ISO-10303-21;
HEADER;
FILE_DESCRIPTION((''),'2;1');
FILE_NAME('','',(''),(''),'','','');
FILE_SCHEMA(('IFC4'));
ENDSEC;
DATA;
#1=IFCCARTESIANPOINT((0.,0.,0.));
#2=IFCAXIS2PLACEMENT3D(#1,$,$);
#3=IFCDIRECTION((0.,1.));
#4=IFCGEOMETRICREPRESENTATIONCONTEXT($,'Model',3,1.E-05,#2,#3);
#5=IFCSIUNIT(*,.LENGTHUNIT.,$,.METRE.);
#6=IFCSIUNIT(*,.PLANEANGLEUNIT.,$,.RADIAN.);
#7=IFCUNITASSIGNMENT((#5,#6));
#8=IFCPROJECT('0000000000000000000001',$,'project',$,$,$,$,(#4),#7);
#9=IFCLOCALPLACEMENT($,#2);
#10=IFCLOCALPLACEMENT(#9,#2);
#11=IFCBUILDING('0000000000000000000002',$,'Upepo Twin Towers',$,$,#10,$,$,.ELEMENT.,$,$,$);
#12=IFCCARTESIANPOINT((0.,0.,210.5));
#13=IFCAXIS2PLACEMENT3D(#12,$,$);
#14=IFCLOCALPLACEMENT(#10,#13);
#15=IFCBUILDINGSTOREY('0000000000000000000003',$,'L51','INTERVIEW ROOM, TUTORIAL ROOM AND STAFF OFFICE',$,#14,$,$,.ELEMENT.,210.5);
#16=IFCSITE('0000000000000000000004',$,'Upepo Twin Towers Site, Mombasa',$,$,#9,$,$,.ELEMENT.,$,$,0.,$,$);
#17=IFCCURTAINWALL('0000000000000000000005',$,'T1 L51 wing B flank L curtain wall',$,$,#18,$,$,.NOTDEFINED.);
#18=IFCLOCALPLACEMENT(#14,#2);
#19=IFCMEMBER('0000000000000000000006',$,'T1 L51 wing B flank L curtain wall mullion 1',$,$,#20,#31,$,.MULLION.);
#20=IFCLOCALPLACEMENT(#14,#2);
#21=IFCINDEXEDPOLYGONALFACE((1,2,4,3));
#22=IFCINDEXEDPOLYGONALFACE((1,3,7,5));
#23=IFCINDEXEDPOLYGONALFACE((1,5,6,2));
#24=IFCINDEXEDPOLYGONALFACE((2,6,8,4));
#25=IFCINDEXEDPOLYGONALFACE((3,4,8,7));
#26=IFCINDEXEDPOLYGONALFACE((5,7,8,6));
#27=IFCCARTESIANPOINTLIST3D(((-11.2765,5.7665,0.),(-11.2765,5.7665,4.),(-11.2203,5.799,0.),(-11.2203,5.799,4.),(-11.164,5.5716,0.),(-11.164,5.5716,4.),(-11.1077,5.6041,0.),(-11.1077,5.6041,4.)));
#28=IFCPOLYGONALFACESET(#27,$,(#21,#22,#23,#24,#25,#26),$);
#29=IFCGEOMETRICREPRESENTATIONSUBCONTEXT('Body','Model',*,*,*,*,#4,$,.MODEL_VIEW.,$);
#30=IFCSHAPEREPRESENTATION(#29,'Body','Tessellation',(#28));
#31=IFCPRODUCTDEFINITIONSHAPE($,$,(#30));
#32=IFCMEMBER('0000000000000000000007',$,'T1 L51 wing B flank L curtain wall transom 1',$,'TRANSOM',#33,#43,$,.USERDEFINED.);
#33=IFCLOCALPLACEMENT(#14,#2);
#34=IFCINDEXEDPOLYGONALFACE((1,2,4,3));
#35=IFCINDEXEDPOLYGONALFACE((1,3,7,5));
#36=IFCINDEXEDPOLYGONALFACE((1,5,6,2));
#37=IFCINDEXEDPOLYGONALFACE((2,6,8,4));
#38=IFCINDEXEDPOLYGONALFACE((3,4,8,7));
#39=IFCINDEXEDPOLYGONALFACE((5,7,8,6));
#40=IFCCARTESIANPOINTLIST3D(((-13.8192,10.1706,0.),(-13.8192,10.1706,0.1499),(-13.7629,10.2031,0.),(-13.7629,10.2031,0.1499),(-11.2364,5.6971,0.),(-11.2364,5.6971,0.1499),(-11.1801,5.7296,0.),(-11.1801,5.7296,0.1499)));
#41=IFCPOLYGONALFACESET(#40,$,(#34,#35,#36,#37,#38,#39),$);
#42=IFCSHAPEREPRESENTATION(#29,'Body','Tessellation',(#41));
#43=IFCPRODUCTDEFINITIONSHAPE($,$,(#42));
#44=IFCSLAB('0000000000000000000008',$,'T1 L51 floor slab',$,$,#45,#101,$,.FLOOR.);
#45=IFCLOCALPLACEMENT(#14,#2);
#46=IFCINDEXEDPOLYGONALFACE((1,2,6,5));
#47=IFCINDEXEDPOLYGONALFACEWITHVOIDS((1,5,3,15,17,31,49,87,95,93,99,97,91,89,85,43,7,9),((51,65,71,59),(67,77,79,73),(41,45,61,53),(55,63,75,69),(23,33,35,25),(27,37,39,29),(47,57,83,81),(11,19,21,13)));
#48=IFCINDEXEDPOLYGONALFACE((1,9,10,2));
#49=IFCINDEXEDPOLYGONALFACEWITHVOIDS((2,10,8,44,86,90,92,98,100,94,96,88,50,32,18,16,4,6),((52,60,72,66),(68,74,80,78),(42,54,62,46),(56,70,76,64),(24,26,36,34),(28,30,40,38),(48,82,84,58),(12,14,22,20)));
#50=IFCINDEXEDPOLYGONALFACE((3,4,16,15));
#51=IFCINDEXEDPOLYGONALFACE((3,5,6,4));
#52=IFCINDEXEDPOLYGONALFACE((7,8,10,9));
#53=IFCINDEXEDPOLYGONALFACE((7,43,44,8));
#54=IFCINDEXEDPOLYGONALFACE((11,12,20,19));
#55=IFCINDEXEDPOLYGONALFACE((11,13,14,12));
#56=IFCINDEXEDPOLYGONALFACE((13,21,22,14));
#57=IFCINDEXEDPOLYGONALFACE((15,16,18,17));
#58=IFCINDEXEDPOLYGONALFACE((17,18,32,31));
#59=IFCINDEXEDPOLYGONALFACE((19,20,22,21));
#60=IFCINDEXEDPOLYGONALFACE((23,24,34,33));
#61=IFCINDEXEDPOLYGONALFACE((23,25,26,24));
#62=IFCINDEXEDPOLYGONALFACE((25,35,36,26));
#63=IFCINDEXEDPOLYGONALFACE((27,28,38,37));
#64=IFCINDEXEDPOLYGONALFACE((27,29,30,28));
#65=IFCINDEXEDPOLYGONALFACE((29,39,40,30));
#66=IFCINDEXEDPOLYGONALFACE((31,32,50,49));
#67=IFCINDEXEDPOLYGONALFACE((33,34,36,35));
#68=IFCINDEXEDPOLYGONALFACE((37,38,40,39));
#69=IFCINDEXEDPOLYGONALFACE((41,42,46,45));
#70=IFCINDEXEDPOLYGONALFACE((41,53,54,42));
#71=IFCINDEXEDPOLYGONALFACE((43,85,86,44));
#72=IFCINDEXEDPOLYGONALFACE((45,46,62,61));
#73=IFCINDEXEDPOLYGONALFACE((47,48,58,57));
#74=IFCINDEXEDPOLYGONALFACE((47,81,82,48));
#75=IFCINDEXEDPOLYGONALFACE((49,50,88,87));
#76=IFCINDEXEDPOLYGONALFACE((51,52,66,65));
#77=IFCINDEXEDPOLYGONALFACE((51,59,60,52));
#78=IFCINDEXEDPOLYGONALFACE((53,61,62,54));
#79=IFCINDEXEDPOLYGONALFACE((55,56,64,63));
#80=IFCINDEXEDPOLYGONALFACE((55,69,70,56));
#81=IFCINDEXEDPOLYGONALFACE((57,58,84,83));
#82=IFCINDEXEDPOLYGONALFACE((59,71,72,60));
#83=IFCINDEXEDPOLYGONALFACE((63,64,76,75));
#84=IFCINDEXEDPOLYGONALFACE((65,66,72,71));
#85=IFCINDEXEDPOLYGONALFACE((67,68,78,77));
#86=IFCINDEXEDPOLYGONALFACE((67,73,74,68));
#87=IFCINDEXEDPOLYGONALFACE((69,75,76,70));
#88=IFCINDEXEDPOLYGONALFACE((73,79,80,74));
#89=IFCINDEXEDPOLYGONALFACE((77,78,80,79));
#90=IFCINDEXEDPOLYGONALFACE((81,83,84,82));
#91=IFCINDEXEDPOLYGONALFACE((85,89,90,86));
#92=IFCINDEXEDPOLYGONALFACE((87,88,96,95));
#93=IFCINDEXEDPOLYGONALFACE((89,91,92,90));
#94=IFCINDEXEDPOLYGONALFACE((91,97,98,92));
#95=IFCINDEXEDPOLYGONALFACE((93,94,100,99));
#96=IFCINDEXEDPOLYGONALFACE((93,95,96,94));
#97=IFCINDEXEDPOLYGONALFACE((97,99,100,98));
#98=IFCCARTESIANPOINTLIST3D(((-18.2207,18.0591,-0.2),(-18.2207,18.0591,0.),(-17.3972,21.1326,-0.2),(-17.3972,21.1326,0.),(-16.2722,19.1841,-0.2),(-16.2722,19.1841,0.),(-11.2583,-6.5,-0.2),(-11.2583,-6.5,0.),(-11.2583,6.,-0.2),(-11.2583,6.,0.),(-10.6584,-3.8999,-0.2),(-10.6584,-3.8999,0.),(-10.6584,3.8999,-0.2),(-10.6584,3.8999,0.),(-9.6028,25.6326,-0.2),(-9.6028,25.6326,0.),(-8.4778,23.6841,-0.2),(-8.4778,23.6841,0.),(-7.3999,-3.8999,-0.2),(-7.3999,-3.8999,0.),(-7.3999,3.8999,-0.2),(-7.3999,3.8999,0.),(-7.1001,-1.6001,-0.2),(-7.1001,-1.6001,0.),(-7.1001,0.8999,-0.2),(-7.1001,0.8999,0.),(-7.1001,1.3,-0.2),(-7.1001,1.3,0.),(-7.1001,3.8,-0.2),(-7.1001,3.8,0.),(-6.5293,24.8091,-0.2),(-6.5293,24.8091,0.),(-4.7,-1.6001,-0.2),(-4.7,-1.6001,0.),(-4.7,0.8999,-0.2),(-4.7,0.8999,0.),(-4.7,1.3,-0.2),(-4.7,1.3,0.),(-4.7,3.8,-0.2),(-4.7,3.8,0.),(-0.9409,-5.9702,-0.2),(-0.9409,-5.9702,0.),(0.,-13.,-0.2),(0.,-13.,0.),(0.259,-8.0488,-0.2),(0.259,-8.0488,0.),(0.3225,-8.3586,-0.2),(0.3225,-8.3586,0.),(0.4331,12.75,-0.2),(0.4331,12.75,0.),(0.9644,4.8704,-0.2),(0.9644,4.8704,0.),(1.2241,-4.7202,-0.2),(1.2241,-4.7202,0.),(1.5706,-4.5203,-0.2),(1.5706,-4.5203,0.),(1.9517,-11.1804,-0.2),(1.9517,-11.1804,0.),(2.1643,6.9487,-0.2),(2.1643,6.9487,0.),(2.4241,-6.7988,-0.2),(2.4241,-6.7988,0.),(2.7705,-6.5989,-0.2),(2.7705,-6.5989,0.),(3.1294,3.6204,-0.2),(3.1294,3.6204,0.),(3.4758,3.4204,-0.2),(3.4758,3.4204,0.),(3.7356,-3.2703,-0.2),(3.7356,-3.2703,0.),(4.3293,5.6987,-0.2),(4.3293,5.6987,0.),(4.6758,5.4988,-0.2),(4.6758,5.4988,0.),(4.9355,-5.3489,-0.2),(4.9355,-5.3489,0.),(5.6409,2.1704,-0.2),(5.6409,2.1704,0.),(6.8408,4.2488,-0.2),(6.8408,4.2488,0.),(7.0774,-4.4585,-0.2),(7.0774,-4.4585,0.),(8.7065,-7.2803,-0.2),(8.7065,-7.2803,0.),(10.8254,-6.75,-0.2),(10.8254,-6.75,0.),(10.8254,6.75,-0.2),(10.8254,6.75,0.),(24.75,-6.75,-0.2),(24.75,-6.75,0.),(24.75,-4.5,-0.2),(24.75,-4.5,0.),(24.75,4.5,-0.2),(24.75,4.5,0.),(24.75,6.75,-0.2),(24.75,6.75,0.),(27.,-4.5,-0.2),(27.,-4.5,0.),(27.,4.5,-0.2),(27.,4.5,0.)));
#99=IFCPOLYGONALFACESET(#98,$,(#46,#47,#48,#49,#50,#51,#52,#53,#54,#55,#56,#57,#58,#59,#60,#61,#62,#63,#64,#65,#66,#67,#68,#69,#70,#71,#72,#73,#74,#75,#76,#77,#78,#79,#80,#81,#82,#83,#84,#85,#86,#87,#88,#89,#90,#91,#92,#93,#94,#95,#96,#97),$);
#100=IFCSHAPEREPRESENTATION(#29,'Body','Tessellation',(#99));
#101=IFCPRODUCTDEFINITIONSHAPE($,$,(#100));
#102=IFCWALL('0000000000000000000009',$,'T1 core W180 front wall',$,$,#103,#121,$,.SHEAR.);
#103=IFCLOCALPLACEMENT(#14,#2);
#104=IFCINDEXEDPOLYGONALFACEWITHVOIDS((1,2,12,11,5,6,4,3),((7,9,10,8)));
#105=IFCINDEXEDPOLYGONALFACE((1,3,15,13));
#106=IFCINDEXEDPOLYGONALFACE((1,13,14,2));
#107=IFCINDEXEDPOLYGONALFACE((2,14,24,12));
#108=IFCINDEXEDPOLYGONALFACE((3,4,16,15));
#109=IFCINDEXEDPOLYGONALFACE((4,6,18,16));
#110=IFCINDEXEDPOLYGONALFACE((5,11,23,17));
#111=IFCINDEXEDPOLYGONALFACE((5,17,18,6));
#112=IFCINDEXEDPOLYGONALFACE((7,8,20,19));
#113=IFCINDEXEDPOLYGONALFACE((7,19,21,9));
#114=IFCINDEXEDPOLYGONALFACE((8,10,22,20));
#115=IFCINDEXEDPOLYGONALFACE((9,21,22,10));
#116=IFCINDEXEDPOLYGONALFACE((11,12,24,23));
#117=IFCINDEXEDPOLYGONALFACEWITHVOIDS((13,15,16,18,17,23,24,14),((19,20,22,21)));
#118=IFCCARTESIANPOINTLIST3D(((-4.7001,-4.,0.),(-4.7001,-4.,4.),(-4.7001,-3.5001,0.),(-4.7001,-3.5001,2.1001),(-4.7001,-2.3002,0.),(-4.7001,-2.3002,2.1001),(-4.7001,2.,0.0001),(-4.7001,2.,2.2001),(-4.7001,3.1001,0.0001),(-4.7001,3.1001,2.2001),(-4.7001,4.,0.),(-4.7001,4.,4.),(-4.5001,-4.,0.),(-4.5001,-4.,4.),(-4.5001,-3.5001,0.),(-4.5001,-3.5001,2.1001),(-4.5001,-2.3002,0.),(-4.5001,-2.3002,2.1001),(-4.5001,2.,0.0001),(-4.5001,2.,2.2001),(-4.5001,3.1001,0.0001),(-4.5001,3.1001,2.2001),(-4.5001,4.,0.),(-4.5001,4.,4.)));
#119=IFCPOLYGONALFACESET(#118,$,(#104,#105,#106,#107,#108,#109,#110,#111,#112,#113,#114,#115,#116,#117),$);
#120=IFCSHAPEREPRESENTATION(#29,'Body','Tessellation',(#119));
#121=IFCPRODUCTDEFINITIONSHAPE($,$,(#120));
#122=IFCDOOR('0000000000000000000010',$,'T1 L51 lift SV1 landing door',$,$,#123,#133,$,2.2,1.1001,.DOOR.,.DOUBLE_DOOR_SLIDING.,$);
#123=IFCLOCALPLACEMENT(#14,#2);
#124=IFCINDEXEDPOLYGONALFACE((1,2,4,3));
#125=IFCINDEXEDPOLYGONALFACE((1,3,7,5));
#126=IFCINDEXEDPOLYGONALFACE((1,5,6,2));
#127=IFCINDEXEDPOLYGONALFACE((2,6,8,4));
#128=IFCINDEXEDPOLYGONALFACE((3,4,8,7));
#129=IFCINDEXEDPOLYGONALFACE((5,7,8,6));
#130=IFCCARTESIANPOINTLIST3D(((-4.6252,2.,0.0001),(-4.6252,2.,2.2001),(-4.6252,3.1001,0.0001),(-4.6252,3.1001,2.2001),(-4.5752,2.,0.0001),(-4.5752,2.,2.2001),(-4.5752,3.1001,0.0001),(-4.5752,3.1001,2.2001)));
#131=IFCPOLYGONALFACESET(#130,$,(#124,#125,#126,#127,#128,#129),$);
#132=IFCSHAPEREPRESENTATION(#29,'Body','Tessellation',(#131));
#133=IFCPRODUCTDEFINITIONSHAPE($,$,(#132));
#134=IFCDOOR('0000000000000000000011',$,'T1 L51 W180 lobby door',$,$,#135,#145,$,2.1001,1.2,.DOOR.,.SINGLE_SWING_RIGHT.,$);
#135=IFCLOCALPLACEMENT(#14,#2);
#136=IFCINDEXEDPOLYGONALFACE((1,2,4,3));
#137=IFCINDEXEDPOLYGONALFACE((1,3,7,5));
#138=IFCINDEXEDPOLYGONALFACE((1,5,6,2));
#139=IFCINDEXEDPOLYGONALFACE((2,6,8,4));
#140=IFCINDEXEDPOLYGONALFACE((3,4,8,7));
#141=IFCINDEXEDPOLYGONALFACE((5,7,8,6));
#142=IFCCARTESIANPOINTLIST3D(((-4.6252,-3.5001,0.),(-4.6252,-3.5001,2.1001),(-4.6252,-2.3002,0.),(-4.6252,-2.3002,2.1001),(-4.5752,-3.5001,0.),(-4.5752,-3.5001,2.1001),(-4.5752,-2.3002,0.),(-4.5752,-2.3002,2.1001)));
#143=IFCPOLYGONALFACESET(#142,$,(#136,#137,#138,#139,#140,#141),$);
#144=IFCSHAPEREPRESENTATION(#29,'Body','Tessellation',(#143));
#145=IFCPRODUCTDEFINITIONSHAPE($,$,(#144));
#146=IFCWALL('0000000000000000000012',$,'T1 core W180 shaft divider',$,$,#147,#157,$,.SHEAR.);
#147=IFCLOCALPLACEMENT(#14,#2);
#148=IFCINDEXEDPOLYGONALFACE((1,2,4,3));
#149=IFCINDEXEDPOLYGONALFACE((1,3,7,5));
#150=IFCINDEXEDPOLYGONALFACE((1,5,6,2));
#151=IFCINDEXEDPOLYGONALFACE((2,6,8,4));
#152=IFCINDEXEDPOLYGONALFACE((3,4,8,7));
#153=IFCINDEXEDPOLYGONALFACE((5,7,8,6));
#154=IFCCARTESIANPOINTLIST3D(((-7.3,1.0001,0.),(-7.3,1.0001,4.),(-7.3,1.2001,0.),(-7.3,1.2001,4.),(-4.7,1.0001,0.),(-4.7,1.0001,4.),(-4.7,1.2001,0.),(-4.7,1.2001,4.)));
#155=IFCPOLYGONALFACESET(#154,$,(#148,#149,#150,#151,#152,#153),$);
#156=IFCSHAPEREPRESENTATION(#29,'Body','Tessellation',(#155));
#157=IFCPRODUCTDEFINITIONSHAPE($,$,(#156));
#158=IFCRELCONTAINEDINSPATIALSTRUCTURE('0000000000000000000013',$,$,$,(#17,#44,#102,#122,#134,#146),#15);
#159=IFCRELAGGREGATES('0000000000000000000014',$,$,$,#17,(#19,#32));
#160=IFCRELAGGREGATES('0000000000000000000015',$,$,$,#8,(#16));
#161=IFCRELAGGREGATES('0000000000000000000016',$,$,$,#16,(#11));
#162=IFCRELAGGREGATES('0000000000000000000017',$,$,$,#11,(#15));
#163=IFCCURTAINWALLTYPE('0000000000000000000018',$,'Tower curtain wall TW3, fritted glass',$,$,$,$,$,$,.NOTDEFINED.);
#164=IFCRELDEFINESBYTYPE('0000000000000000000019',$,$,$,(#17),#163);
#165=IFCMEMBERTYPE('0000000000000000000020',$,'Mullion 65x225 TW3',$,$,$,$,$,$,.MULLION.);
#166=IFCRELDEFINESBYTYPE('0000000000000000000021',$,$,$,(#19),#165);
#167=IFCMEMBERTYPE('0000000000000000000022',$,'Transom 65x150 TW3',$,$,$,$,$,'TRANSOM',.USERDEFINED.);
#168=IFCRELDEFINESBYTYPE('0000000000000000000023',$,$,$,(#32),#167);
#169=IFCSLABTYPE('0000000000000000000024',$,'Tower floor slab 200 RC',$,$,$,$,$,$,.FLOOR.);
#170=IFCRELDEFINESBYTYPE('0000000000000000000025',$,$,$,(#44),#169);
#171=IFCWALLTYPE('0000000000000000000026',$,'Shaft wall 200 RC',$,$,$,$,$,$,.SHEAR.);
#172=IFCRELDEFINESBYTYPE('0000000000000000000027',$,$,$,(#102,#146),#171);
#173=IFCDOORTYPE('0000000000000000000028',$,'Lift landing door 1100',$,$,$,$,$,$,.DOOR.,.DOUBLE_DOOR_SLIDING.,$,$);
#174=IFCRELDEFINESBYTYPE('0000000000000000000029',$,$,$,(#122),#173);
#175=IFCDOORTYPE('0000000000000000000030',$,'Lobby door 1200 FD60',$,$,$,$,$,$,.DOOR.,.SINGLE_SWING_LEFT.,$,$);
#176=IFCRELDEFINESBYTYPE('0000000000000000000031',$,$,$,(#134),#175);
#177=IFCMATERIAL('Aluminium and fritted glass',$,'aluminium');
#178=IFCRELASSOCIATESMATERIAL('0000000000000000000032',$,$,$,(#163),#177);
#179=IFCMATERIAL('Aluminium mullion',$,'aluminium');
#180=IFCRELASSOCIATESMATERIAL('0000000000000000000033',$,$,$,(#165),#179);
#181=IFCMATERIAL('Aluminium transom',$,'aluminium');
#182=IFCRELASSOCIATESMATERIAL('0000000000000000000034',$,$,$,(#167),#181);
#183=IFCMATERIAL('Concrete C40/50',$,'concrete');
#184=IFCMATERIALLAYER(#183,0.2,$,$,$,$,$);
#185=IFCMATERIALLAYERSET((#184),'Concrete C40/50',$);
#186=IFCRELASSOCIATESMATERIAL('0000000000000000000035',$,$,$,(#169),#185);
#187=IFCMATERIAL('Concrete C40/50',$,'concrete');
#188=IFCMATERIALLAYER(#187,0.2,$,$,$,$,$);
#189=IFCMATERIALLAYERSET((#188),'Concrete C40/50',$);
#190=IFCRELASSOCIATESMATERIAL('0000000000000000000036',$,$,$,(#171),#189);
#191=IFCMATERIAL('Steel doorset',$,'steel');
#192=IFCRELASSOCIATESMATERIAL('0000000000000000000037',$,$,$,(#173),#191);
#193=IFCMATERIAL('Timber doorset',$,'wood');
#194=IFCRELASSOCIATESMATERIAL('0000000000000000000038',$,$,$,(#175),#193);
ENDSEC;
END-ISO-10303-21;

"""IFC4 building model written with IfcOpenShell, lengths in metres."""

from ifc_helpers import new_model, si_unit, direction, frame, frame_2d, origin, origin_2d, place, context, subcontext, project, spatial, polyline, rectangle, outline, extrude, material, layer, layer_set, material_profile, profile_set, type_object, element, fill, aggregate, save


model = new_model("IFC4")

# Units and contexts
model_context = context("Model", 3, precision=1e-05, world=origin(), true_north=direction((0.0, 1.0)))
body_context = subcontext(model_context, "Body", "Model", "MODEL_VIEW")
ifc_project = project(units=[si_unit("LENGTHUNIT", "METRE"), si_unit("PLANEANGLEUNIT", "RADIAN")], contexts=[model_context])

# Site, building, storey
site_placement = place(None, origin())
site = spatial("IfcSite", under=ifc_project, at=site_placement, Name="Upepo Twin Towers Site, Mombasa", CompositionType="ELEMENT", RefElevation=0.0)
building_placement = place(site_placement, origin())
building = spatial("IfcBuilding", under=site, at=building_placement, Name="Upepo Twin Towers", CompositionType="ELEMENT")
storey_placement = place(building_placement, frame((0.0, 0.0, 210.5)))
storey = spatial("IfcBuildingStorey", under=building, at=storey_placement, Name="L51", Description="INTERVIEW ROOM, TUTORIAL ROOM AND STAFF OFFICE", CompositionType="ELEMENT", Elevation=210.5)

# Curtain wall, members
ifc_material_1 = material(Name="Aluminium and fritted glass", Category="aluminium")
curtain_wall_type = type_object("IfcCurtainWallType", Name="Tower curtain wall TW3, fritted glass", PredefinedType="NOTDEFINED", material=ifc_material_1)
curtain_wall_placement = place(storey_placement, origin())
curtain_wall = element("IfcCurtainWall", 1, at=curtain_wall_placement, inside=storey, type_object=curtain_wall_type, Name="T1 L51 wing B flank L curtain wall", PredefinedType="NOTDEFINED")
ifc_material_2 = material(Name="Aluminium mullion", Category="aluminium")
ifc_material_profile_1 = material_profile(ifc_material_2, rectangle(XDim=0.0649, YDim=0.2251, at=origin_2d()), Name="MULLION 65x225")
ifc_profile_set_1 = profile_set([ifc_material_profile_1], Name="Aluminium mullion")
member_type_1 = type_object("IfcMemberType", Name="Mullion 65x225 TW3", PredefinedType="MULLION", material=ifc_profile_set_1)
member_1_placement = place(storey_placement, frame((-11.1921, 5.6853, 0.0), z_axis=(0.0, 0.0, 1.0), x_axis=(-0.866025, -0.5, 0.0)))
member_1 = element("IfcMember", 2, at=member_1_placement, type_object=member_type_1, Name="T1 L51 wing B flank L curtain wall mullion 1", PredefinedType="MULLION", context=body_context, shape_type="SweptSolid", body=[
    extrude(rectangle(XDim=0.0649, YDim=0.2251, at=origin_2d()), origin(), (0.0, 0.0, 1.0), 4.0),
])
ifc_material_3 = material(Name="Aluminium transom", Category="aluminium")
ifc_material_profile_2 = material_profile(ifc_material_3, rectangle(XDim=0.0649, YDim=0.1499, at=origin_2d()), Name="TRANSOM 65x150")
ifc_profile_set_2 = profile_set([ifc_material_profile_2], Name="Aluminium transom")
member_type_2 = type_object("IfcMemberType", Name="Transom 65x150 TW3", ElementType="TRANSOM", PredefinedType="USERDEFINED", material=ifc_profile_set_2)
member_2_placement = place(storey_placement, frame((-11.2083, 5.7134, 0.075), z_axis=(-0.500007, 0.866021, 0.0), x_axis=(-0.866021, -0.500007, 0.0)))
member_2 = element("IfcMember", 3, at=member_2_placement, type_object=member_type_2, Name="T1 L51 wing B flank L curtain wall transom 1", ObjectType="TRANSOM", PredefinedType="USERDEFINED", context=body_context, shape_type="SweptSolid", body=[
    extrude(rectangle(XDim=0.0649, YDim=0.1499, at=origin_2d()), origin(), (0.0, 0.0, 1.0), 5.1655),
])
aggregate(curtain_wall, [member_1, member_2])

# Slab
ifc_material_4 = material(Name="Concrete C40/50", Category="concrete")
ifc_layer_1 = layer(ifc_material_4, 0.2)
ifc_layer_set_1 = layer_set([ifc_layer_1], Name="Concrete C40/50")
slab_type = type_object("IfcSlabType", Name="Tower floor slab 200 RC", PredefinedType="FLOOR", material=ifc_layer_set_1)
slab_placement = place(storey_placement, frame((0.0, 0.0, -0.2)))
element("IfcSlab", 4, at=slab_placement, inside=storey, type_object=slab_type, Name="T1 L51 floor slab", PredefinedType="FLOOR", context=body_context, shape_type="SweptSolid", body=[
    extrude(outline(polyline([(10.8254, 6.75), (24.75, 6.75), (24.75, 4.5), (27.0, 4.5), (27.0, -4.5), (24.75, -4.5), (24.75, -6.75), (10.8254, -6.75), (0.0, -13.0), (-11.2583, -6.5), (-11.2583, 6.0), (-18.2207, 18.0591), (-16.2722, 19.1841), (-17.3972, 21.1326), (-9.6028, 25.6326), (-8.4778, 23.6841), (-6.5293, 24.8091), (0.4331, 12.75), (10.8254, 6.75)]), holes=[polyline([(5.6409, 2.1704), (6.8408, 4.2488), (4.6758, 5.4988), (3.4758, 3.4204), (5.6409, 2.1704)]), polyline([(3.1294, 3.6204), (4.3293, 5.6987), (2.1643, 6.9487), (0.9644, 4.8704), (3.1294, 3.6204)]), polyline([(-4.7, 3.8), (-7.1001, 3.8), (-7.1001, 1.3), (-4.7, 1.3), (-4.7, 3.8)]), polyline([(-4.7, 0.8999), (-7.1001, 0.8999), (-7.1001, -1.6001), (-4.7, -1.6001), (-4.7, 0.8999)]), polyline([(-7.3999, 3.8999), (-10.6584, 3.8999), (-10.6584, -3.8999), (-7.3999, -3.8999), (-7.3999, 3.8999)]), polyline([(-0.9409, -5.9702), (0.259, -8.0488), (2.4241, -6.7988), (1.2241, -4.7202), (-0.9409, -5.9702)]), polyline([(1.5706, -4.5203), (2.7705, -6.5989), (4.9355, -5.3489), (3.7356, -3.2703), (1.5706, -4.5203)]), polyline([(0.3225, -8.3586), (1.9517, -11.1804), (8.7065, -7.2803), (7.0774, -4.4585), (0.3225, -8.3586)])]), origin(), (0.0, 0.0, 1.0), 0.2),
])

# Wall, openings, doors
ifc_material_5 = material(Name="Concrete C40/50", Category="concrete")
ifc_layer_2 = layer(ifc_material_5, 0.2)
ifc_layer_set_2 = layer_set([ifc_layer_2], Name="Concrete C40/50")
wall_type_1 = type_object("IfcWallType", Name="Shaft wall 200 RC", PredefinedType="SHEAR", material=ifc_layer_set_2)
wall_1_placement = place(storey_placement, frame((-4.6001, 4.0, 0.0), z_axis=(0.0, 0.0, 1.0), x_axis=(0.0, -1.0, 0.0)))
wall_1 = element("IfcWall", 5, at=wall_1_placement, inside=storey, type_object=wall_type_1, Name="T1 core W180 front wall", PredefinedType="SHEAR", context=body_context, shape_type="SweptSolid", body=[
    extrude(rectangle(XDim=8.0, YDim=0.2, at=frame_2d((4.0, 0.0))), origin(), (0.0, 0.0, 1.0), 4.0),
])
opening_1_placement = place(wall_1_placement, frame((6.3, 0.0, 0.0)))
opening_1 = element("IfcOpeningElement", 6, at=opening_1_placement, cuts=wall_1, PredefinedType="OPENING", context=body_context, shape_type="SweptSolid", body=[
    extrude(rectangle(XDim=1.2, YDim=2.1001, at=frame_2d((0.6001, 1.05))), frame((0.0, 0.1099, 0.0), z_axis=(0.0, -1.0, 0.0), x_axis=(1.0, 0.0, 0.0)), (0.0, 0.0, 1.0), 0.22),
])
opening_2_placement = place(wall_1_placement, frame((0.8999, 0.0, 0.0)))
opening_2 = element("IfcOpeningElement", 7, at=opening_2_placement, cuts=wall_1, PredefinedType="OPENING", context=body_context, shape_type="SweptSolid", body=[
    extrude(rectangle(XDim=1.1001, YDim=2.2, at=frame_2d((0.55, 1.1001))), frame((0.0, 0.1099, 0.0), z_axis=(0.0, -1.0, 0.0), x_axis=(1.0, 0.0, 0.0)), (0.0, 0.0, 1.0), 0.22),
])
ifc_material_6 = material(Name="Steel doorset", Category="steel")
door_type_1 = type_object("IfcDoorType", Name="Lift landing door 1100", OperationType="DOUBLE_DOOR_SLIDING", PredefinedType="DOOR", material=ifc_material_6)
door_1_placement = place(opening_2_placement, origin())
door_1 = element("IfcDoor", 8, at=door_1_placement, inside=storey, type_object=door_type_1, Name="T1 L51 lift SV1 landing door", OperationType="DOUBLE_DOOR_SLIDING", OverallHeight=2.2, OverallWidth=1.1001, PredefinedType="DOOR", context=body_context, shape_type="SweptSolid", body=[
    extrude(rectangle(XDim=1.1001, YDim=2.2, at=frame_2d((0.55, 1.1001))), frame((0.0, 0.0249, 0.0), z_axis=(0.0, -1.0, 0.0), x_axis=(1.0, 0.0, 0.0)), (0.0, 0.0, 1.0), 0.05),
])
fill(opening_2, door_1)
ifc_material_7 = material(Name="Timber doorset", Category="wood")
door_type_2 = type_object("IfcDoorType", Name="Lobby door 1200 FD60", OperationType="SINGLE_SWING_LEFT", PredefinedType="DOOR", material=ifc_material_7)
door_2_placement = place(opening_1_placement, origin())
door_2 = element("IfcDoor", 9, at=door_2_placement, inside=storey, type_object=door_type_2, Name="T1 L51 W180 lobby door", OperationType="SINGLE_SWING_RIGHT", OverallHeight=2.1001, OverallWidth=1.2, PredefinedType="DOOR", context=body_context, shape_type="SweptSolid", body=[
    extrude(rectangle(XDim=1.2, YDim=2.1001, at=frame_2d((0.6001, 1.05))), frame((0.0, 0.0249, 0.0), z_axis=(0.0, -1.0, 0.0), x_axis=(1.0, 0.0, 0.0)), (0.0, 0.0, 1.0), 0.05),
])
fill(opening_1, door_2)

# Wall
wall_2_placement = place(storey_placement, frame((-4.7, 1.1001, 0.0), z_axis=(0.0, 0.0, 1.0), x_axis=(-1.0, 0.0, 0.0)))
element("IfcWall", 10, at=wall_2_placement, inside=storey, type_object=wall_type_1, Name="T1 core W180 shaft divider", PredefinedType="SHEAR", context=body_context, shape_type="SweptSolid", body=[
    extrude(rectangle(XDim=2.6001, YDim=0.2, at=frame_2d((1.3, 0.0))), origin(), (0.0, 0.0, 1.0), 4.0),
])

save(model, "model.ifc")
